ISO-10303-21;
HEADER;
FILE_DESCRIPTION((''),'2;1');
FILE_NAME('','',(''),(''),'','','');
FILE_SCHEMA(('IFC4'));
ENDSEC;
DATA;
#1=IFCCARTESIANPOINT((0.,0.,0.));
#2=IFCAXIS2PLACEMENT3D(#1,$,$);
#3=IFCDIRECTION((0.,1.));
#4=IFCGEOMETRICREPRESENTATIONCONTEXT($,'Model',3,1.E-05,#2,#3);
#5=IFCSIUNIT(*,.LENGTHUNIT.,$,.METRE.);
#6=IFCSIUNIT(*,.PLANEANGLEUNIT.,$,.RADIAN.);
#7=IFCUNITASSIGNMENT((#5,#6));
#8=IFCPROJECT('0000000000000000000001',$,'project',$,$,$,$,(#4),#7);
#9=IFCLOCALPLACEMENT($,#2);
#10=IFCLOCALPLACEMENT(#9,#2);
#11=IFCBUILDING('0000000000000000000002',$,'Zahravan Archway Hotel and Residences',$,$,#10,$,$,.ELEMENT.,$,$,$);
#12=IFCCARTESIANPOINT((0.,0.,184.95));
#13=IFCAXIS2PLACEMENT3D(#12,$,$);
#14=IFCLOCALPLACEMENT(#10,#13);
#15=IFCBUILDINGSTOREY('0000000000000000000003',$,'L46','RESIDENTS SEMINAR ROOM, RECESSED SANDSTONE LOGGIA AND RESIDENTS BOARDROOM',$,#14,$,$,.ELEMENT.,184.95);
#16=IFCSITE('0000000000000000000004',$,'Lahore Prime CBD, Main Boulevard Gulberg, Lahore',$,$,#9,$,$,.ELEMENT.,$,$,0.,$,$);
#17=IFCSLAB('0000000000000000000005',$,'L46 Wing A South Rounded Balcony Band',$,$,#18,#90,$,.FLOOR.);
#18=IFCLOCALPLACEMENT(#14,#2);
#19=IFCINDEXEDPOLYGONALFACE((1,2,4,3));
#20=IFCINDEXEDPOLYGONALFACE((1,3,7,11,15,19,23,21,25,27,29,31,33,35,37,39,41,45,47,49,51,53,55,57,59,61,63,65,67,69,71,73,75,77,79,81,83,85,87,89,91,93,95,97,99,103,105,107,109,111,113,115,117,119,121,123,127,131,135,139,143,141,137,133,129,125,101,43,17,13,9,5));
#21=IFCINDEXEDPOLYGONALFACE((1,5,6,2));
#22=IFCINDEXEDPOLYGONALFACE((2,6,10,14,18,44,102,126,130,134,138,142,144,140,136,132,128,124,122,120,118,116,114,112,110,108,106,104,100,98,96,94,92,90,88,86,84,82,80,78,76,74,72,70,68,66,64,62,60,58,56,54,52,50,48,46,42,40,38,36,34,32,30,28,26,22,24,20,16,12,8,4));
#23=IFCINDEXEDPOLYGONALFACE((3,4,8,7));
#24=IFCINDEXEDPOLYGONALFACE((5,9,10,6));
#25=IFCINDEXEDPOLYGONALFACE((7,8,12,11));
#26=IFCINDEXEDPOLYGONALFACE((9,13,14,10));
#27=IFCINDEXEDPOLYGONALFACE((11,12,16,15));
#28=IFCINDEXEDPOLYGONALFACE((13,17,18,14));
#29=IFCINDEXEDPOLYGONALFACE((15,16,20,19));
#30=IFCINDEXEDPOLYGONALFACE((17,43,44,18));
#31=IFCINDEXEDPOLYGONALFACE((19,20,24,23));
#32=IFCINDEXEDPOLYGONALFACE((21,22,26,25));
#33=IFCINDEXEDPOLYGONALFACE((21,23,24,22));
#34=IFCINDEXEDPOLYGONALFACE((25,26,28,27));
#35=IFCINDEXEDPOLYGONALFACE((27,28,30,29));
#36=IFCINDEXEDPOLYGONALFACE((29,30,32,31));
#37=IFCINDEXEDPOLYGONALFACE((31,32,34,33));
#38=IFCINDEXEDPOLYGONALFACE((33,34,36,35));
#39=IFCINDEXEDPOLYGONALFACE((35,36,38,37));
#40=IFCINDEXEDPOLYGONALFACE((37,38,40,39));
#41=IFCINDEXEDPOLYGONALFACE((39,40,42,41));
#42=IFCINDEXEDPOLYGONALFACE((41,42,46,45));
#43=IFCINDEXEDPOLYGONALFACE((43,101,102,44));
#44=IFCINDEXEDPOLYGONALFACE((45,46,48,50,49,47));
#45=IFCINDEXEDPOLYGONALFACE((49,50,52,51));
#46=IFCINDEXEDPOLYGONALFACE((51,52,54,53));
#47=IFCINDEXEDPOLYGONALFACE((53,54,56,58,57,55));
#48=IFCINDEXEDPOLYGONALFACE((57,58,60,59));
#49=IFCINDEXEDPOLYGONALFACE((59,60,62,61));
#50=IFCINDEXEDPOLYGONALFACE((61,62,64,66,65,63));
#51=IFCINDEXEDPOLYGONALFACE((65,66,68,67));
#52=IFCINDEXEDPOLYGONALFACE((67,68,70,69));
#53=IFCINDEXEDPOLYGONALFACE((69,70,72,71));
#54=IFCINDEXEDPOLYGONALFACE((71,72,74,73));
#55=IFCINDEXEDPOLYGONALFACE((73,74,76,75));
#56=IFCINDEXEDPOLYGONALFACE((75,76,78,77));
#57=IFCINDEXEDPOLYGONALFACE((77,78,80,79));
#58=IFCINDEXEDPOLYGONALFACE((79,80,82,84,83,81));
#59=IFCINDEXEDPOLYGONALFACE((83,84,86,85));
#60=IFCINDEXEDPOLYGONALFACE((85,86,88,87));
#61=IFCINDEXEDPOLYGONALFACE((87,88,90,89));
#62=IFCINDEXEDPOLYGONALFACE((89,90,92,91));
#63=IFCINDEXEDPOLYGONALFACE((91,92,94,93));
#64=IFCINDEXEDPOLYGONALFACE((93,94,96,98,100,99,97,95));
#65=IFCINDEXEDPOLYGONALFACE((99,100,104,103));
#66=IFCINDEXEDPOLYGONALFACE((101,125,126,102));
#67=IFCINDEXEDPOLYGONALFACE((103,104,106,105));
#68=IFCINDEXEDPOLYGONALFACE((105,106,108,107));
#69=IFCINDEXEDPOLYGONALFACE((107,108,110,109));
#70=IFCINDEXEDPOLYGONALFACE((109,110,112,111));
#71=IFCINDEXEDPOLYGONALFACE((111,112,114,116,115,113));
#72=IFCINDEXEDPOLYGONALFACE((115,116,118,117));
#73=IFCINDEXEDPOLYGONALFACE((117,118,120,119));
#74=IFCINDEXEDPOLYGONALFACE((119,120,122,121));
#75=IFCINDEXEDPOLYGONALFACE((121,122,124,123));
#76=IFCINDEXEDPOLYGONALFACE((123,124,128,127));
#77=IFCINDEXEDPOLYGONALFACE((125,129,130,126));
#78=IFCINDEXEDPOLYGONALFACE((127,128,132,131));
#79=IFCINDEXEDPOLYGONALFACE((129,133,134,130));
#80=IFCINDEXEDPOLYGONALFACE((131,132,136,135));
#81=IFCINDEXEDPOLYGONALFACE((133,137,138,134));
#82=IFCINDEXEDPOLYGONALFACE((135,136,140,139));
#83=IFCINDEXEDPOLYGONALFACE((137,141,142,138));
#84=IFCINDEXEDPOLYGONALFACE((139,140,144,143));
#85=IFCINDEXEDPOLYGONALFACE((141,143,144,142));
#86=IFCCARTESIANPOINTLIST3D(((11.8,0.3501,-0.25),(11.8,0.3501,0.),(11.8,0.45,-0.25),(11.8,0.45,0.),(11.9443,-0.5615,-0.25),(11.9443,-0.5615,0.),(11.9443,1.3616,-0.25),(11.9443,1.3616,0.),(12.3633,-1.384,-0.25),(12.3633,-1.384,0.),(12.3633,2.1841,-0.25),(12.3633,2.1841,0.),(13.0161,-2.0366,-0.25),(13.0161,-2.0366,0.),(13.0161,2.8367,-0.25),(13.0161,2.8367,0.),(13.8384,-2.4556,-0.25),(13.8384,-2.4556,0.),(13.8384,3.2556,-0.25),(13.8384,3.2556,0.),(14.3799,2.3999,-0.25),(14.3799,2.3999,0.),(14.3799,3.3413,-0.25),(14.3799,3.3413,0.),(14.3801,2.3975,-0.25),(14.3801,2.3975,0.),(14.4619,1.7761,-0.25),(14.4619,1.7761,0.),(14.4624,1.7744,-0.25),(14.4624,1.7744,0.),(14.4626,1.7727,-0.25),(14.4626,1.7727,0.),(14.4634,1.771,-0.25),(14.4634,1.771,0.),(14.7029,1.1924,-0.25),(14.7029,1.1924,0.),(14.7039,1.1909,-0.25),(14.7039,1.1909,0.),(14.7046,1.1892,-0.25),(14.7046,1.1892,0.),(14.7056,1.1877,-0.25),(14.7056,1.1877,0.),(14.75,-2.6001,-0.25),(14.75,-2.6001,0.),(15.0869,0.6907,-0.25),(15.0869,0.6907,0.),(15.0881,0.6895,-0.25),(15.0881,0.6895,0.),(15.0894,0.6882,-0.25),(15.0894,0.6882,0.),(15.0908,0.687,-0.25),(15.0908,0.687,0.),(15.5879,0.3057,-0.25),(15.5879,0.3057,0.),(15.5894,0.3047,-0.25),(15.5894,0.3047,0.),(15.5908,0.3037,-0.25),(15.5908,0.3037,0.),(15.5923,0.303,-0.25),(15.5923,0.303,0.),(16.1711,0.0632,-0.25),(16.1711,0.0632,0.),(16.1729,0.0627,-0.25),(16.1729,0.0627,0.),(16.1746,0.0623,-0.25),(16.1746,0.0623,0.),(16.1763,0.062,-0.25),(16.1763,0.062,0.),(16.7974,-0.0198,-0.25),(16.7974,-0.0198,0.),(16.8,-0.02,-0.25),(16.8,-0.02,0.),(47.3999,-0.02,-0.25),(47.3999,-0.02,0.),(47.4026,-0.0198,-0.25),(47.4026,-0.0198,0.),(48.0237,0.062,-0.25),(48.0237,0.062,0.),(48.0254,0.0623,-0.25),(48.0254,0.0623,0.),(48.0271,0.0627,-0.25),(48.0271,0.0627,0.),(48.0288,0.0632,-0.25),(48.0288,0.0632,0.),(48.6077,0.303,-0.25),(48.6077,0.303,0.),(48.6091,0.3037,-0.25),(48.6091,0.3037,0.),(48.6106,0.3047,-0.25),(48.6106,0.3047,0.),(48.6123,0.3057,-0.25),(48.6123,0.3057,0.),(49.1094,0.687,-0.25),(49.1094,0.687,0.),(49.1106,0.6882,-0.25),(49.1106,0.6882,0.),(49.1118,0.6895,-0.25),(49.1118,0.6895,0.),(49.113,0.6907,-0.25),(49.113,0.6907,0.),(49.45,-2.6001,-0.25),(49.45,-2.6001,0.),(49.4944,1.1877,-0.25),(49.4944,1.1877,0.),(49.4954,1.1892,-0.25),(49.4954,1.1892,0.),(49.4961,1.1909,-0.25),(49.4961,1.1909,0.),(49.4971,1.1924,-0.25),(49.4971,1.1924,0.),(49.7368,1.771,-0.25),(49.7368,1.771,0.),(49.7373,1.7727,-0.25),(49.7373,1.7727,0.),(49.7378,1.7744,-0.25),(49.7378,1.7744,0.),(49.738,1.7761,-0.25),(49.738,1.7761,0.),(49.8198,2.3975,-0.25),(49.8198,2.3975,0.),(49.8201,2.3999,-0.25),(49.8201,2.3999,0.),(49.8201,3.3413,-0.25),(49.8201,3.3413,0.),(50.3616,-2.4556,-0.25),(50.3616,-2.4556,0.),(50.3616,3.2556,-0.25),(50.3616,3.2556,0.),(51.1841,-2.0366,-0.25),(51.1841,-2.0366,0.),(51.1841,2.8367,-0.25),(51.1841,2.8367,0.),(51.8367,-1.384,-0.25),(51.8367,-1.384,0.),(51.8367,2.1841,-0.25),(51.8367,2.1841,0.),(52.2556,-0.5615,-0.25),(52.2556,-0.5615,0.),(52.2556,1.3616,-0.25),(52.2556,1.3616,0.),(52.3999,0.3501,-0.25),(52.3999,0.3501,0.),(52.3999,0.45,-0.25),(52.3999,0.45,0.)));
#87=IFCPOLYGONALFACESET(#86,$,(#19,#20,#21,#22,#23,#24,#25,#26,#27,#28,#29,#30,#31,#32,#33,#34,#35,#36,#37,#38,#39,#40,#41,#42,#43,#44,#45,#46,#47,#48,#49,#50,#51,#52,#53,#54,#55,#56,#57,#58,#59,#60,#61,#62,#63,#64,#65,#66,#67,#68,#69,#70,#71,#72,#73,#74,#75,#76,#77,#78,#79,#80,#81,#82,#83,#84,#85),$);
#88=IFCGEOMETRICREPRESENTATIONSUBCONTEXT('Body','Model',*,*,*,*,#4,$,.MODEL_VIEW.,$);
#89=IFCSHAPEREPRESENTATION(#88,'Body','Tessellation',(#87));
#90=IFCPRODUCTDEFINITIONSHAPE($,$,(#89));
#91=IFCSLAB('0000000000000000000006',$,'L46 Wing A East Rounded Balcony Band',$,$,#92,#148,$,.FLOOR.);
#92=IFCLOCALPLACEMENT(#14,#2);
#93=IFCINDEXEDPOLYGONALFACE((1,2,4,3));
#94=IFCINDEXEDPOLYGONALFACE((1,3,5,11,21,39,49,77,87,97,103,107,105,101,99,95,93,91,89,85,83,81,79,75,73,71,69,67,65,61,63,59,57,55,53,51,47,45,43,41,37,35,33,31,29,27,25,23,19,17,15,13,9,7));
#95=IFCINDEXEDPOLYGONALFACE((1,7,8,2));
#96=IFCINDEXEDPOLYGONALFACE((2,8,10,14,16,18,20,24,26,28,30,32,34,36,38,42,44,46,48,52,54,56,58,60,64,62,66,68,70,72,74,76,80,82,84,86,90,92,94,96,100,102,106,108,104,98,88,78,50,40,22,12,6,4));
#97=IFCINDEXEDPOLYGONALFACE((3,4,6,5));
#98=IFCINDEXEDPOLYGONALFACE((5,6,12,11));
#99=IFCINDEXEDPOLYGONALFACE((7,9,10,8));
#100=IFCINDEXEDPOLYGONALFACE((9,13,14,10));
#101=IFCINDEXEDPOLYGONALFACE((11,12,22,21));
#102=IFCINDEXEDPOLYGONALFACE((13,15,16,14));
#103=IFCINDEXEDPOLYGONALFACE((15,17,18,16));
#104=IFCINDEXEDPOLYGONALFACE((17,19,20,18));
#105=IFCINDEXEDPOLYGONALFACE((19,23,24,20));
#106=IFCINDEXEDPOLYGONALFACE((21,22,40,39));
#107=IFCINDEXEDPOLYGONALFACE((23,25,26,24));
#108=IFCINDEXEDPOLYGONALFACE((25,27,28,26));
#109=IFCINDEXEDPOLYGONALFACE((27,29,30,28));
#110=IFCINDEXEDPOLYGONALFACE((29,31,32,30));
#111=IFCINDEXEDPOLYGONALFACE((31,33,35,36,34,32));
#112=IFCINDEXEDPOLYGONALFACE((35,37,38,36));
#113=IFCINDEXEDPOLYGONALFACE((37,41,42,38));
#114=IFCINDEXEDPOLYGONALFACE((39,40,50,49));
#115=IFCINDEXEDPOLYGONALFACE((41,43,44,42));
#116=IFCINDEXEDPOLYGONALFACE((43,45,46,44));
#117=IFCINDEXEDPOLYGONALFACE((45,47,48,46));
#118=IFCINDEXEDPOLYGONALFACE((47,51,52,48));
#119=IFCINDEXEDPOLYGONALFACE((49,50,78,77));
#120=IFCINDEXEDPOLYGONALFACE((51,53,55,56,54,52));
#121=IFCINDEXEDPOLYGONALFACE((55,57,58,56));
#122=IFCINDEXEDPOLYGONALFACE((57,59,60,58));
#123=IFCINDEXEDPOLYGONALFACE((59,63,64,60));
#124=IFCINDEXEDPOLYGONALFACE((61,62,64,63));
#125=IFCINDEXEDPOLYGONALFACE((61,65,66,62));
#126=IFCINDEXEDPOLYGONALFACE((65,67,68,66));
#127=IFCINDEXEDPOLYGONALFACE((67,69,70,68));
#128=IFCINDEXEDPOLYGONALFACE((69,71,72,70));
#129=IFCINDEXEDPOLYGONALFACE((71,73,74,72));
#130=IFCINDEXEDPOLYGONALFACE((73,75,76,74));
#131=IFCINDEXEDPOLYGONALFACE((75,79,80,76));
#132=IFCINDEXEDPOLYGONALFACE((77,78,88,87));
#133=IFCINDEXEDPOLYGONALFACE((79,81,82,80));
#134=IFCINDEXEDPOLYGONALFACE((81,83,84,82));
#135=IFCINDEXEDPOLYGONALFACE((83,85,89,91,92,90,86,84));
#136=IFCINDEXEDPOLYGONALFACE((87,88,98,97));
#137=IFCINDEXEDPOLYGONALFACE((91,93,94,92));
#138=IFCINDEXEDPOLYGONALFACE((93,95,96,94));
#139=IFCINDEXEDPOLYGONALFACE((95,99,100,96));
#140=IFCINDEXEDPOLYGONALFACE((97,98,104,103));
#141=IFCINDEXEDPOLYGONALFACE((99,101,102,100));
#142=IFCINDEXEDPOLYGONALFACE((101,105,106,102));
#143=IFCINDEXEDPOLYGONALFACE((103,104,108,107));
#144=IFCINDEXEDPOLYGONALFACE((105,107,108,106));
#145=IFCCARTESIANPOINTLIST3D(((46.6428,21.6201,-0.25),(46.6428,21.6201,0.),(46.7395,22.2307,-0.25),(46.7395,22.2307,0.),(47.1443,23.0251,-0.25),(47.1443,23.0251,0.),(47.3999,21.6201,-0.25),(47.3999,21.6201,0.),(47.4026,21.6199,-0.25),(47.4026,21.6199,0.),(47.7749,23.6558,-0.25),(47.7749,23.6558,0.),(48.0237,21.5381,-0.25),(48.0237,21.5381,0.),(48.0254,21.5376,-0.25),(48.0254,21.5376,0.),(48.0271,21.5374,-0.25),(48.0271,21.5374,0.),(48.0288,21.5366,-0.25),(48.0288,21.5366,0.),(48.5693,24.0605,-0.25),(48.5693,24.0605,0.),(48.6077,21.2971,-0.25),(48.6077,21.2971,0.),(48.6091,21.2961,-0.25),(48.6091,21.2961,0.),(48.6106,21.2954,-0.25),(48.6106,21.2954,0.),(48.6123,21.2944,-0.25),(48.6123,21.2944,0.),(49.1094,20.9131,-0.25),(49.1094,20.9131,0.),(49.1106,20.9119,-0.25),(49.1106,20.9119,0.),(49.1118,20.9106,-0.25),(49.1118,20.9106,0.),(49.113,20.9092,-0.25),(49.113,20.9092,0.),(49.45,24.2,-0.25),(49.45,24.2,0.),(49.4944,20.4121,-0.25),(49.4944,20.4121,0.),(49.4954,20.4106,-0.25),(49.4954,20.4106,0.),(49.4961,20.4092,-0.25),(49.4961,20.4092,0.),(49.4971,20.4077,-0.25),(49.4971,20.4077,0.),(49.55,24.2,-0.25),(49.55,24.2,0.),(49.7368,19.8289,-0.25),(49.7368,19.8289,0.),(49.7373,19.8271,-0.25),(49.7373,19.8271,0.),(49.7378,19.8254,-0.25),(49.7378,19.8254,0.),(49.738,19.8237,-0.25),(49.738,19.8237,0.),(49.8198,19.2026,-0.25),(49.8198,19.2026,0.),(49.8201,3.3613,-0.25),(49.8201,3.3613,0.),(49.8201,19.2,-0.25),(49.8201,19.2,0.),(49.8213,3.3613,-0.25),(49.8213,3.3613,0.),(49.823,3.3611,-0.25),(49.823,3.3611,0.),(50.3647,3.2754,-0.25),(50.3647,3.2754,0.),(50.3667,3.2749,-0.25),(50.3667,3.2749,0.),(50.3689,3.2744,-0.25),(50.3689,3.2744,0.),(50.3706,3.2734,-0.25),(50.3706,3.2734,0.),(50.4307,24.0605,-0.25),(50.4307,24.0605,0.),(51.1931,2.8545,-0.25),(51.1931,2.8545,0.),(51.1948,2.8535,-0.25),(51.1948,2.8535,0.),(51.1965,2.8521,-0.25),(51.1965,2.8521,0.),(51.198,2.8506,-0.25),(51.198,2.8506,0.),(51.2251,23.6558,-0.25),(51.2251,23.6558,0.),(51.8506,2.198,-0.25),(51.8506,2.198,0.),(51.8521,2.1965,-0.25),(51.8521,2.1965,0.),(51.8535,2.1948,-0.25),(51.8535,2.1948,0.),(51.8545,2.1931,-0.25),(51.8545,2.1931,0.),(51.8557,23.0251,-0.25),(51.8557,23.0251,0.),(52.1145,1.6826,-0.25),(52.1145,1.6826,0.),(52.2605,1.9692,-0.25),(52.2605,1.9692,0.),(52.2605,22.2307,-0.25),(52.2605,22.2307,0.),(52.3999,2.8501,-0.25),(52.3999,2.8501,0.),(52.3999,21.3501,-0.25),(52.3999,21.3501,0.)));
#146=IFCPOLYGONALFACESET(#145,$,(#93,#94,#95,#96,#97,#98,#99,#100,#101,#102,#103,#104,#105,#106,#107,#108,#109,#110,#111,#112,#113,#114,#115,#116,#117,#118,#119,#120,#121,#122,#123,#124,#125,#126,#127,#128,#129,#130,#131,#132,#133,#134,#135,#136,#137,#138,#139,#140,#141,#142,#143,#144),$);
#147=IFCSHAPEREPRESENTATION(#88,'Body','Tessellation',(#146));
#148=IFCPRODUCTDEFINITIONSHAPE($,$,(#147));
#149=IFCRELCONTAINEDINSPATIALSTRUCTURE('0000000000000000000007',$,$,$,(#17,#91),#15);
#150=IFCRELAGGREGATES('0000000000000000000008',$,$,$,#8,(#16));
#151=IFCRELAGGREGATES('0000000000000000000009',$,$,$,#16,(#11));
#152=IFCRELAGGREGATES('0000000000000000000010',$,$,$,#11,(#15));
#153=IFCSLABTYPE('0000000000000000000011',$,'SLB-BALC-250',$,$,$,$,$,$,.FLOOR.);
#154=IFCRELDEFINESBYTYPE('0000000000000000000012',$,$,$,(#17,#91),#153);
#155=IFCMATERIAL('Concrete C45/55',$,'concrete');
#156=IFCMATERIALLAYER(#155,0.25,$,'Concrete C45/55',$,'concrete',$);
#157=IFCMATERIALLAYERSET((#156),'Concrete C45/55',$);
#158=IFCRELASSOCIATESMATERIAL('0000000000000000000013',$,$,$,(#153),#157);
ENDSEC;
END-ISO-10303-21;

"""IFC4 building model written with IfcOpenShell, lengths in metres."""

from ifc_helpers import new_model, si_unit, direction, frame, origin, place, context, subcontext, project, spatial, polyline, outline, extrude, material, layer, layer_set, type_object, element, save


model = new_model("IFC4")

# Units and contexts
model_context = context("Model", 3, precision=1e-05, world=origin(), true_north=direction((0.0, 1.0)))
body_context = subcontext(model_context, "Body", "Model", "MODEL_VIEW")
ifc_project = project(units=[si_unit("LENGTHUNIT", "METRE"), si_unit("PLANEANGLEUNIT", "RADIAN")], contexts=[model_context])

# Site, building, storey
site_placement = place(None, origin())
site = spatial("IfcSite", under=ifc_project, at=site_placement, Name="Lahore Prime CBD, Main Boulevard Gulberg, Lahore", CompositionType="ELEMENT", RefElevation=0.0)
building_placement = place(site_placement, origin())
building = spatial("IfcBuilding", under=site, at=building_placement, Name="Zahravan Archway Hotel and Residences", CompositionType="ELEMENT")
storey_placement = place(building_placement, frame((0.0, 0.0, 184.95)))
storey = spatial("IfcBuildingStorey", under=building, at=storey_placement, Name="L46", Description="RESIDENTS SEMINAR ROOM, RECESSED SANDSTONE LOGGIA AND RESIDENTS BOARDROOM", CompositionType="ELEMENT", Elevation=184.95)

# Slabs
ifc_material_1 = material(Name="Concrete C45/55", Category="concrete")
ifc_layer_1 = layer(ifc_material_1, 0.25, Name="Concrete C45/55", Category="concrete")
ifc_layer_set_1 = layer_set([ifc_layer_1], Name="Concrete C45/55")
slab_type_1 = type_object("IfcSlabType", Name="SLB-BALC-250", PredefinedType="FLOOR", material=ifc_layer_set_1)
slab_1_placement = place(storey_placement, frame((0.0, 0.0, -0.25)))
element("IfcSlab", 1, at=slab_1_placement, inside=storey, type_object=slab_type_1, Name="L46 Wing A South Rounded Balcony Band", PredefinedType="FLOOR", context=body_context, shape_type="SweptSolid", body=[
    extrude(outline(polyline([(50.3616, 3.2556), (51.1841, 2.8367), (51.8367, 2.1841), (52.2556, 1.3616), (52.3999, 0.45), (52.3999, 0.3501), (52.2556, -0.5615), (51.8367, -1.384), (51.1841, -2.0366), (50.3616, -2.4556), (49.45, -2.6001), (14.75, -2.6001), (13.8384, -2.4556), (13.0161, -2.0366), (12.3633, -1.384), (11.9443, -0.5615), (11.8, 0.3501), (11.8, 0.45), (11.9443, 1.3616), (12.3633, 2.1841), (13.0161, 2.8367), (13.8384, 3.2556), (14.3799, 3.3413), (14.3799, 2.3999), (14.3801, 2.3975), (14.4619, 1.7761), (14.4624, 1.7744), (14.4626, 1.7727), (14.4634, 1.771), (14.7029, 1.1924), (14.7039, 1.1909), (14.7046, 1.1892), (14.7056, 1.1877), (15.0869, 0.6907), (15.0881, 0.6895), (15.0894, 0.6882), (15.0908, 0.687), (15.5879, 0.3057), (15.5894, 0.3047), (15.5908, 0.3037), (15.5923, 0.303), (16.1711, 0.0632), (16.1729, 0.0627), (16.1746, 0.0623), (16.1763, 0.062), (16.7974, -0.0198), (16.8, -0.02), (47.3999, -0.02), (47.4026, -0.0198), (48.0237, 0.062), (48.0254, 0.0623), (48.0271, 0.0627), (48.0288, 0.0632), (48.6077, 0.303), (48.6091, 0.3037), (48.6106, 0.3047), (48.6123, 0.3057), (49.1094, 0.687), (49.1106, 0.6882), (49.1118, 0.6895), (49.113, 0.6907), (49.4944, 1.1877), (49.4954, 1.1892), (49.4961, 1.1909), (49.4971, 1.1924), (49.7368, 1.771), (49.7373, 1.7727), (49.7378, 1.7744), (49.738, 1.7761), (49.8198, 2.3975), (49.8201, 2.3999), (49.8201, 3.3413), (50.3616, 3.2556)])), origin(), (0.0, 0.0, 1.0), 0.25),
])
slab_2_placement = place(storey_placement, frame((0.0, 0.0, -0.25)))
element("IfcSlab", 2, at=slab_2_placement, inside=storey, type_object=slab_type_1, Name="L46 Wing A East Rounded Balcony Band", PredefinedType="FLOOR", context=body_context, shape_type="SweptSolid", body=[
    extrude(outline(polyline([(46.7395, 22.2307), (47.1443, 23.0251), (47.7749, 23.6558), (48.5693, 24.0605), (49.45, 24.2), (49.55, 24.2), (50.4307, 24.0605), (51.2251, 23.6558), (51.8557, 23.0251), (52.2605, 22.2307), (52.3999, 21.3501), (52.3999, 2.8501), (52.2605, 1.9692), (52.1145, 1.6826), (51.8545, 2.1931), (51.8535, 2.1948), (51.8521, 2.1965), (51.8506, 2.198), (51.198, 2.8506), (51.1965, 2.8521), (51.1948, 2.8535), (51.1931, 2.8545), (50.3706, 3.2734), (50.3689, 3.2744), (50.3667, 3.2749), (50.3647, 3.2754), (49.823, 3.3611), (49.8213, 3.3613), (49.8201, 3.3613), (49.8201, 19.2), (49.8198, 19.2026), (49.738, 19.8237), (49.7378, 19.8254), (49.7373, 19.8271), (49.7368, 19.8289), (49.4971, 20.4077), (49.4961, 20.4092), (49.4954, 20.4106), (49.4944, 20.4121), (49.113, 20.9092), (49.1118, 20.9106), (49.1106, 20.9119), (49.1094, 20.9131), (48.6123, 21.2944), (48.6106, 21.2954), (48.6091, 21.2961), (48.6077, 21.2971), (48.0288, 21.5366), (48.0271, 21.5374), (48.0254, 21.5376), (48.0237, 21.5381), (47.4026, 21.6199), (47.3999, 21.6201), (46.6428, 21.6201), (46.7395, 22.2307)])), origin(), (0.0, 0.0, 1.0), 0.25),
])

save(model, "model.ifc")
